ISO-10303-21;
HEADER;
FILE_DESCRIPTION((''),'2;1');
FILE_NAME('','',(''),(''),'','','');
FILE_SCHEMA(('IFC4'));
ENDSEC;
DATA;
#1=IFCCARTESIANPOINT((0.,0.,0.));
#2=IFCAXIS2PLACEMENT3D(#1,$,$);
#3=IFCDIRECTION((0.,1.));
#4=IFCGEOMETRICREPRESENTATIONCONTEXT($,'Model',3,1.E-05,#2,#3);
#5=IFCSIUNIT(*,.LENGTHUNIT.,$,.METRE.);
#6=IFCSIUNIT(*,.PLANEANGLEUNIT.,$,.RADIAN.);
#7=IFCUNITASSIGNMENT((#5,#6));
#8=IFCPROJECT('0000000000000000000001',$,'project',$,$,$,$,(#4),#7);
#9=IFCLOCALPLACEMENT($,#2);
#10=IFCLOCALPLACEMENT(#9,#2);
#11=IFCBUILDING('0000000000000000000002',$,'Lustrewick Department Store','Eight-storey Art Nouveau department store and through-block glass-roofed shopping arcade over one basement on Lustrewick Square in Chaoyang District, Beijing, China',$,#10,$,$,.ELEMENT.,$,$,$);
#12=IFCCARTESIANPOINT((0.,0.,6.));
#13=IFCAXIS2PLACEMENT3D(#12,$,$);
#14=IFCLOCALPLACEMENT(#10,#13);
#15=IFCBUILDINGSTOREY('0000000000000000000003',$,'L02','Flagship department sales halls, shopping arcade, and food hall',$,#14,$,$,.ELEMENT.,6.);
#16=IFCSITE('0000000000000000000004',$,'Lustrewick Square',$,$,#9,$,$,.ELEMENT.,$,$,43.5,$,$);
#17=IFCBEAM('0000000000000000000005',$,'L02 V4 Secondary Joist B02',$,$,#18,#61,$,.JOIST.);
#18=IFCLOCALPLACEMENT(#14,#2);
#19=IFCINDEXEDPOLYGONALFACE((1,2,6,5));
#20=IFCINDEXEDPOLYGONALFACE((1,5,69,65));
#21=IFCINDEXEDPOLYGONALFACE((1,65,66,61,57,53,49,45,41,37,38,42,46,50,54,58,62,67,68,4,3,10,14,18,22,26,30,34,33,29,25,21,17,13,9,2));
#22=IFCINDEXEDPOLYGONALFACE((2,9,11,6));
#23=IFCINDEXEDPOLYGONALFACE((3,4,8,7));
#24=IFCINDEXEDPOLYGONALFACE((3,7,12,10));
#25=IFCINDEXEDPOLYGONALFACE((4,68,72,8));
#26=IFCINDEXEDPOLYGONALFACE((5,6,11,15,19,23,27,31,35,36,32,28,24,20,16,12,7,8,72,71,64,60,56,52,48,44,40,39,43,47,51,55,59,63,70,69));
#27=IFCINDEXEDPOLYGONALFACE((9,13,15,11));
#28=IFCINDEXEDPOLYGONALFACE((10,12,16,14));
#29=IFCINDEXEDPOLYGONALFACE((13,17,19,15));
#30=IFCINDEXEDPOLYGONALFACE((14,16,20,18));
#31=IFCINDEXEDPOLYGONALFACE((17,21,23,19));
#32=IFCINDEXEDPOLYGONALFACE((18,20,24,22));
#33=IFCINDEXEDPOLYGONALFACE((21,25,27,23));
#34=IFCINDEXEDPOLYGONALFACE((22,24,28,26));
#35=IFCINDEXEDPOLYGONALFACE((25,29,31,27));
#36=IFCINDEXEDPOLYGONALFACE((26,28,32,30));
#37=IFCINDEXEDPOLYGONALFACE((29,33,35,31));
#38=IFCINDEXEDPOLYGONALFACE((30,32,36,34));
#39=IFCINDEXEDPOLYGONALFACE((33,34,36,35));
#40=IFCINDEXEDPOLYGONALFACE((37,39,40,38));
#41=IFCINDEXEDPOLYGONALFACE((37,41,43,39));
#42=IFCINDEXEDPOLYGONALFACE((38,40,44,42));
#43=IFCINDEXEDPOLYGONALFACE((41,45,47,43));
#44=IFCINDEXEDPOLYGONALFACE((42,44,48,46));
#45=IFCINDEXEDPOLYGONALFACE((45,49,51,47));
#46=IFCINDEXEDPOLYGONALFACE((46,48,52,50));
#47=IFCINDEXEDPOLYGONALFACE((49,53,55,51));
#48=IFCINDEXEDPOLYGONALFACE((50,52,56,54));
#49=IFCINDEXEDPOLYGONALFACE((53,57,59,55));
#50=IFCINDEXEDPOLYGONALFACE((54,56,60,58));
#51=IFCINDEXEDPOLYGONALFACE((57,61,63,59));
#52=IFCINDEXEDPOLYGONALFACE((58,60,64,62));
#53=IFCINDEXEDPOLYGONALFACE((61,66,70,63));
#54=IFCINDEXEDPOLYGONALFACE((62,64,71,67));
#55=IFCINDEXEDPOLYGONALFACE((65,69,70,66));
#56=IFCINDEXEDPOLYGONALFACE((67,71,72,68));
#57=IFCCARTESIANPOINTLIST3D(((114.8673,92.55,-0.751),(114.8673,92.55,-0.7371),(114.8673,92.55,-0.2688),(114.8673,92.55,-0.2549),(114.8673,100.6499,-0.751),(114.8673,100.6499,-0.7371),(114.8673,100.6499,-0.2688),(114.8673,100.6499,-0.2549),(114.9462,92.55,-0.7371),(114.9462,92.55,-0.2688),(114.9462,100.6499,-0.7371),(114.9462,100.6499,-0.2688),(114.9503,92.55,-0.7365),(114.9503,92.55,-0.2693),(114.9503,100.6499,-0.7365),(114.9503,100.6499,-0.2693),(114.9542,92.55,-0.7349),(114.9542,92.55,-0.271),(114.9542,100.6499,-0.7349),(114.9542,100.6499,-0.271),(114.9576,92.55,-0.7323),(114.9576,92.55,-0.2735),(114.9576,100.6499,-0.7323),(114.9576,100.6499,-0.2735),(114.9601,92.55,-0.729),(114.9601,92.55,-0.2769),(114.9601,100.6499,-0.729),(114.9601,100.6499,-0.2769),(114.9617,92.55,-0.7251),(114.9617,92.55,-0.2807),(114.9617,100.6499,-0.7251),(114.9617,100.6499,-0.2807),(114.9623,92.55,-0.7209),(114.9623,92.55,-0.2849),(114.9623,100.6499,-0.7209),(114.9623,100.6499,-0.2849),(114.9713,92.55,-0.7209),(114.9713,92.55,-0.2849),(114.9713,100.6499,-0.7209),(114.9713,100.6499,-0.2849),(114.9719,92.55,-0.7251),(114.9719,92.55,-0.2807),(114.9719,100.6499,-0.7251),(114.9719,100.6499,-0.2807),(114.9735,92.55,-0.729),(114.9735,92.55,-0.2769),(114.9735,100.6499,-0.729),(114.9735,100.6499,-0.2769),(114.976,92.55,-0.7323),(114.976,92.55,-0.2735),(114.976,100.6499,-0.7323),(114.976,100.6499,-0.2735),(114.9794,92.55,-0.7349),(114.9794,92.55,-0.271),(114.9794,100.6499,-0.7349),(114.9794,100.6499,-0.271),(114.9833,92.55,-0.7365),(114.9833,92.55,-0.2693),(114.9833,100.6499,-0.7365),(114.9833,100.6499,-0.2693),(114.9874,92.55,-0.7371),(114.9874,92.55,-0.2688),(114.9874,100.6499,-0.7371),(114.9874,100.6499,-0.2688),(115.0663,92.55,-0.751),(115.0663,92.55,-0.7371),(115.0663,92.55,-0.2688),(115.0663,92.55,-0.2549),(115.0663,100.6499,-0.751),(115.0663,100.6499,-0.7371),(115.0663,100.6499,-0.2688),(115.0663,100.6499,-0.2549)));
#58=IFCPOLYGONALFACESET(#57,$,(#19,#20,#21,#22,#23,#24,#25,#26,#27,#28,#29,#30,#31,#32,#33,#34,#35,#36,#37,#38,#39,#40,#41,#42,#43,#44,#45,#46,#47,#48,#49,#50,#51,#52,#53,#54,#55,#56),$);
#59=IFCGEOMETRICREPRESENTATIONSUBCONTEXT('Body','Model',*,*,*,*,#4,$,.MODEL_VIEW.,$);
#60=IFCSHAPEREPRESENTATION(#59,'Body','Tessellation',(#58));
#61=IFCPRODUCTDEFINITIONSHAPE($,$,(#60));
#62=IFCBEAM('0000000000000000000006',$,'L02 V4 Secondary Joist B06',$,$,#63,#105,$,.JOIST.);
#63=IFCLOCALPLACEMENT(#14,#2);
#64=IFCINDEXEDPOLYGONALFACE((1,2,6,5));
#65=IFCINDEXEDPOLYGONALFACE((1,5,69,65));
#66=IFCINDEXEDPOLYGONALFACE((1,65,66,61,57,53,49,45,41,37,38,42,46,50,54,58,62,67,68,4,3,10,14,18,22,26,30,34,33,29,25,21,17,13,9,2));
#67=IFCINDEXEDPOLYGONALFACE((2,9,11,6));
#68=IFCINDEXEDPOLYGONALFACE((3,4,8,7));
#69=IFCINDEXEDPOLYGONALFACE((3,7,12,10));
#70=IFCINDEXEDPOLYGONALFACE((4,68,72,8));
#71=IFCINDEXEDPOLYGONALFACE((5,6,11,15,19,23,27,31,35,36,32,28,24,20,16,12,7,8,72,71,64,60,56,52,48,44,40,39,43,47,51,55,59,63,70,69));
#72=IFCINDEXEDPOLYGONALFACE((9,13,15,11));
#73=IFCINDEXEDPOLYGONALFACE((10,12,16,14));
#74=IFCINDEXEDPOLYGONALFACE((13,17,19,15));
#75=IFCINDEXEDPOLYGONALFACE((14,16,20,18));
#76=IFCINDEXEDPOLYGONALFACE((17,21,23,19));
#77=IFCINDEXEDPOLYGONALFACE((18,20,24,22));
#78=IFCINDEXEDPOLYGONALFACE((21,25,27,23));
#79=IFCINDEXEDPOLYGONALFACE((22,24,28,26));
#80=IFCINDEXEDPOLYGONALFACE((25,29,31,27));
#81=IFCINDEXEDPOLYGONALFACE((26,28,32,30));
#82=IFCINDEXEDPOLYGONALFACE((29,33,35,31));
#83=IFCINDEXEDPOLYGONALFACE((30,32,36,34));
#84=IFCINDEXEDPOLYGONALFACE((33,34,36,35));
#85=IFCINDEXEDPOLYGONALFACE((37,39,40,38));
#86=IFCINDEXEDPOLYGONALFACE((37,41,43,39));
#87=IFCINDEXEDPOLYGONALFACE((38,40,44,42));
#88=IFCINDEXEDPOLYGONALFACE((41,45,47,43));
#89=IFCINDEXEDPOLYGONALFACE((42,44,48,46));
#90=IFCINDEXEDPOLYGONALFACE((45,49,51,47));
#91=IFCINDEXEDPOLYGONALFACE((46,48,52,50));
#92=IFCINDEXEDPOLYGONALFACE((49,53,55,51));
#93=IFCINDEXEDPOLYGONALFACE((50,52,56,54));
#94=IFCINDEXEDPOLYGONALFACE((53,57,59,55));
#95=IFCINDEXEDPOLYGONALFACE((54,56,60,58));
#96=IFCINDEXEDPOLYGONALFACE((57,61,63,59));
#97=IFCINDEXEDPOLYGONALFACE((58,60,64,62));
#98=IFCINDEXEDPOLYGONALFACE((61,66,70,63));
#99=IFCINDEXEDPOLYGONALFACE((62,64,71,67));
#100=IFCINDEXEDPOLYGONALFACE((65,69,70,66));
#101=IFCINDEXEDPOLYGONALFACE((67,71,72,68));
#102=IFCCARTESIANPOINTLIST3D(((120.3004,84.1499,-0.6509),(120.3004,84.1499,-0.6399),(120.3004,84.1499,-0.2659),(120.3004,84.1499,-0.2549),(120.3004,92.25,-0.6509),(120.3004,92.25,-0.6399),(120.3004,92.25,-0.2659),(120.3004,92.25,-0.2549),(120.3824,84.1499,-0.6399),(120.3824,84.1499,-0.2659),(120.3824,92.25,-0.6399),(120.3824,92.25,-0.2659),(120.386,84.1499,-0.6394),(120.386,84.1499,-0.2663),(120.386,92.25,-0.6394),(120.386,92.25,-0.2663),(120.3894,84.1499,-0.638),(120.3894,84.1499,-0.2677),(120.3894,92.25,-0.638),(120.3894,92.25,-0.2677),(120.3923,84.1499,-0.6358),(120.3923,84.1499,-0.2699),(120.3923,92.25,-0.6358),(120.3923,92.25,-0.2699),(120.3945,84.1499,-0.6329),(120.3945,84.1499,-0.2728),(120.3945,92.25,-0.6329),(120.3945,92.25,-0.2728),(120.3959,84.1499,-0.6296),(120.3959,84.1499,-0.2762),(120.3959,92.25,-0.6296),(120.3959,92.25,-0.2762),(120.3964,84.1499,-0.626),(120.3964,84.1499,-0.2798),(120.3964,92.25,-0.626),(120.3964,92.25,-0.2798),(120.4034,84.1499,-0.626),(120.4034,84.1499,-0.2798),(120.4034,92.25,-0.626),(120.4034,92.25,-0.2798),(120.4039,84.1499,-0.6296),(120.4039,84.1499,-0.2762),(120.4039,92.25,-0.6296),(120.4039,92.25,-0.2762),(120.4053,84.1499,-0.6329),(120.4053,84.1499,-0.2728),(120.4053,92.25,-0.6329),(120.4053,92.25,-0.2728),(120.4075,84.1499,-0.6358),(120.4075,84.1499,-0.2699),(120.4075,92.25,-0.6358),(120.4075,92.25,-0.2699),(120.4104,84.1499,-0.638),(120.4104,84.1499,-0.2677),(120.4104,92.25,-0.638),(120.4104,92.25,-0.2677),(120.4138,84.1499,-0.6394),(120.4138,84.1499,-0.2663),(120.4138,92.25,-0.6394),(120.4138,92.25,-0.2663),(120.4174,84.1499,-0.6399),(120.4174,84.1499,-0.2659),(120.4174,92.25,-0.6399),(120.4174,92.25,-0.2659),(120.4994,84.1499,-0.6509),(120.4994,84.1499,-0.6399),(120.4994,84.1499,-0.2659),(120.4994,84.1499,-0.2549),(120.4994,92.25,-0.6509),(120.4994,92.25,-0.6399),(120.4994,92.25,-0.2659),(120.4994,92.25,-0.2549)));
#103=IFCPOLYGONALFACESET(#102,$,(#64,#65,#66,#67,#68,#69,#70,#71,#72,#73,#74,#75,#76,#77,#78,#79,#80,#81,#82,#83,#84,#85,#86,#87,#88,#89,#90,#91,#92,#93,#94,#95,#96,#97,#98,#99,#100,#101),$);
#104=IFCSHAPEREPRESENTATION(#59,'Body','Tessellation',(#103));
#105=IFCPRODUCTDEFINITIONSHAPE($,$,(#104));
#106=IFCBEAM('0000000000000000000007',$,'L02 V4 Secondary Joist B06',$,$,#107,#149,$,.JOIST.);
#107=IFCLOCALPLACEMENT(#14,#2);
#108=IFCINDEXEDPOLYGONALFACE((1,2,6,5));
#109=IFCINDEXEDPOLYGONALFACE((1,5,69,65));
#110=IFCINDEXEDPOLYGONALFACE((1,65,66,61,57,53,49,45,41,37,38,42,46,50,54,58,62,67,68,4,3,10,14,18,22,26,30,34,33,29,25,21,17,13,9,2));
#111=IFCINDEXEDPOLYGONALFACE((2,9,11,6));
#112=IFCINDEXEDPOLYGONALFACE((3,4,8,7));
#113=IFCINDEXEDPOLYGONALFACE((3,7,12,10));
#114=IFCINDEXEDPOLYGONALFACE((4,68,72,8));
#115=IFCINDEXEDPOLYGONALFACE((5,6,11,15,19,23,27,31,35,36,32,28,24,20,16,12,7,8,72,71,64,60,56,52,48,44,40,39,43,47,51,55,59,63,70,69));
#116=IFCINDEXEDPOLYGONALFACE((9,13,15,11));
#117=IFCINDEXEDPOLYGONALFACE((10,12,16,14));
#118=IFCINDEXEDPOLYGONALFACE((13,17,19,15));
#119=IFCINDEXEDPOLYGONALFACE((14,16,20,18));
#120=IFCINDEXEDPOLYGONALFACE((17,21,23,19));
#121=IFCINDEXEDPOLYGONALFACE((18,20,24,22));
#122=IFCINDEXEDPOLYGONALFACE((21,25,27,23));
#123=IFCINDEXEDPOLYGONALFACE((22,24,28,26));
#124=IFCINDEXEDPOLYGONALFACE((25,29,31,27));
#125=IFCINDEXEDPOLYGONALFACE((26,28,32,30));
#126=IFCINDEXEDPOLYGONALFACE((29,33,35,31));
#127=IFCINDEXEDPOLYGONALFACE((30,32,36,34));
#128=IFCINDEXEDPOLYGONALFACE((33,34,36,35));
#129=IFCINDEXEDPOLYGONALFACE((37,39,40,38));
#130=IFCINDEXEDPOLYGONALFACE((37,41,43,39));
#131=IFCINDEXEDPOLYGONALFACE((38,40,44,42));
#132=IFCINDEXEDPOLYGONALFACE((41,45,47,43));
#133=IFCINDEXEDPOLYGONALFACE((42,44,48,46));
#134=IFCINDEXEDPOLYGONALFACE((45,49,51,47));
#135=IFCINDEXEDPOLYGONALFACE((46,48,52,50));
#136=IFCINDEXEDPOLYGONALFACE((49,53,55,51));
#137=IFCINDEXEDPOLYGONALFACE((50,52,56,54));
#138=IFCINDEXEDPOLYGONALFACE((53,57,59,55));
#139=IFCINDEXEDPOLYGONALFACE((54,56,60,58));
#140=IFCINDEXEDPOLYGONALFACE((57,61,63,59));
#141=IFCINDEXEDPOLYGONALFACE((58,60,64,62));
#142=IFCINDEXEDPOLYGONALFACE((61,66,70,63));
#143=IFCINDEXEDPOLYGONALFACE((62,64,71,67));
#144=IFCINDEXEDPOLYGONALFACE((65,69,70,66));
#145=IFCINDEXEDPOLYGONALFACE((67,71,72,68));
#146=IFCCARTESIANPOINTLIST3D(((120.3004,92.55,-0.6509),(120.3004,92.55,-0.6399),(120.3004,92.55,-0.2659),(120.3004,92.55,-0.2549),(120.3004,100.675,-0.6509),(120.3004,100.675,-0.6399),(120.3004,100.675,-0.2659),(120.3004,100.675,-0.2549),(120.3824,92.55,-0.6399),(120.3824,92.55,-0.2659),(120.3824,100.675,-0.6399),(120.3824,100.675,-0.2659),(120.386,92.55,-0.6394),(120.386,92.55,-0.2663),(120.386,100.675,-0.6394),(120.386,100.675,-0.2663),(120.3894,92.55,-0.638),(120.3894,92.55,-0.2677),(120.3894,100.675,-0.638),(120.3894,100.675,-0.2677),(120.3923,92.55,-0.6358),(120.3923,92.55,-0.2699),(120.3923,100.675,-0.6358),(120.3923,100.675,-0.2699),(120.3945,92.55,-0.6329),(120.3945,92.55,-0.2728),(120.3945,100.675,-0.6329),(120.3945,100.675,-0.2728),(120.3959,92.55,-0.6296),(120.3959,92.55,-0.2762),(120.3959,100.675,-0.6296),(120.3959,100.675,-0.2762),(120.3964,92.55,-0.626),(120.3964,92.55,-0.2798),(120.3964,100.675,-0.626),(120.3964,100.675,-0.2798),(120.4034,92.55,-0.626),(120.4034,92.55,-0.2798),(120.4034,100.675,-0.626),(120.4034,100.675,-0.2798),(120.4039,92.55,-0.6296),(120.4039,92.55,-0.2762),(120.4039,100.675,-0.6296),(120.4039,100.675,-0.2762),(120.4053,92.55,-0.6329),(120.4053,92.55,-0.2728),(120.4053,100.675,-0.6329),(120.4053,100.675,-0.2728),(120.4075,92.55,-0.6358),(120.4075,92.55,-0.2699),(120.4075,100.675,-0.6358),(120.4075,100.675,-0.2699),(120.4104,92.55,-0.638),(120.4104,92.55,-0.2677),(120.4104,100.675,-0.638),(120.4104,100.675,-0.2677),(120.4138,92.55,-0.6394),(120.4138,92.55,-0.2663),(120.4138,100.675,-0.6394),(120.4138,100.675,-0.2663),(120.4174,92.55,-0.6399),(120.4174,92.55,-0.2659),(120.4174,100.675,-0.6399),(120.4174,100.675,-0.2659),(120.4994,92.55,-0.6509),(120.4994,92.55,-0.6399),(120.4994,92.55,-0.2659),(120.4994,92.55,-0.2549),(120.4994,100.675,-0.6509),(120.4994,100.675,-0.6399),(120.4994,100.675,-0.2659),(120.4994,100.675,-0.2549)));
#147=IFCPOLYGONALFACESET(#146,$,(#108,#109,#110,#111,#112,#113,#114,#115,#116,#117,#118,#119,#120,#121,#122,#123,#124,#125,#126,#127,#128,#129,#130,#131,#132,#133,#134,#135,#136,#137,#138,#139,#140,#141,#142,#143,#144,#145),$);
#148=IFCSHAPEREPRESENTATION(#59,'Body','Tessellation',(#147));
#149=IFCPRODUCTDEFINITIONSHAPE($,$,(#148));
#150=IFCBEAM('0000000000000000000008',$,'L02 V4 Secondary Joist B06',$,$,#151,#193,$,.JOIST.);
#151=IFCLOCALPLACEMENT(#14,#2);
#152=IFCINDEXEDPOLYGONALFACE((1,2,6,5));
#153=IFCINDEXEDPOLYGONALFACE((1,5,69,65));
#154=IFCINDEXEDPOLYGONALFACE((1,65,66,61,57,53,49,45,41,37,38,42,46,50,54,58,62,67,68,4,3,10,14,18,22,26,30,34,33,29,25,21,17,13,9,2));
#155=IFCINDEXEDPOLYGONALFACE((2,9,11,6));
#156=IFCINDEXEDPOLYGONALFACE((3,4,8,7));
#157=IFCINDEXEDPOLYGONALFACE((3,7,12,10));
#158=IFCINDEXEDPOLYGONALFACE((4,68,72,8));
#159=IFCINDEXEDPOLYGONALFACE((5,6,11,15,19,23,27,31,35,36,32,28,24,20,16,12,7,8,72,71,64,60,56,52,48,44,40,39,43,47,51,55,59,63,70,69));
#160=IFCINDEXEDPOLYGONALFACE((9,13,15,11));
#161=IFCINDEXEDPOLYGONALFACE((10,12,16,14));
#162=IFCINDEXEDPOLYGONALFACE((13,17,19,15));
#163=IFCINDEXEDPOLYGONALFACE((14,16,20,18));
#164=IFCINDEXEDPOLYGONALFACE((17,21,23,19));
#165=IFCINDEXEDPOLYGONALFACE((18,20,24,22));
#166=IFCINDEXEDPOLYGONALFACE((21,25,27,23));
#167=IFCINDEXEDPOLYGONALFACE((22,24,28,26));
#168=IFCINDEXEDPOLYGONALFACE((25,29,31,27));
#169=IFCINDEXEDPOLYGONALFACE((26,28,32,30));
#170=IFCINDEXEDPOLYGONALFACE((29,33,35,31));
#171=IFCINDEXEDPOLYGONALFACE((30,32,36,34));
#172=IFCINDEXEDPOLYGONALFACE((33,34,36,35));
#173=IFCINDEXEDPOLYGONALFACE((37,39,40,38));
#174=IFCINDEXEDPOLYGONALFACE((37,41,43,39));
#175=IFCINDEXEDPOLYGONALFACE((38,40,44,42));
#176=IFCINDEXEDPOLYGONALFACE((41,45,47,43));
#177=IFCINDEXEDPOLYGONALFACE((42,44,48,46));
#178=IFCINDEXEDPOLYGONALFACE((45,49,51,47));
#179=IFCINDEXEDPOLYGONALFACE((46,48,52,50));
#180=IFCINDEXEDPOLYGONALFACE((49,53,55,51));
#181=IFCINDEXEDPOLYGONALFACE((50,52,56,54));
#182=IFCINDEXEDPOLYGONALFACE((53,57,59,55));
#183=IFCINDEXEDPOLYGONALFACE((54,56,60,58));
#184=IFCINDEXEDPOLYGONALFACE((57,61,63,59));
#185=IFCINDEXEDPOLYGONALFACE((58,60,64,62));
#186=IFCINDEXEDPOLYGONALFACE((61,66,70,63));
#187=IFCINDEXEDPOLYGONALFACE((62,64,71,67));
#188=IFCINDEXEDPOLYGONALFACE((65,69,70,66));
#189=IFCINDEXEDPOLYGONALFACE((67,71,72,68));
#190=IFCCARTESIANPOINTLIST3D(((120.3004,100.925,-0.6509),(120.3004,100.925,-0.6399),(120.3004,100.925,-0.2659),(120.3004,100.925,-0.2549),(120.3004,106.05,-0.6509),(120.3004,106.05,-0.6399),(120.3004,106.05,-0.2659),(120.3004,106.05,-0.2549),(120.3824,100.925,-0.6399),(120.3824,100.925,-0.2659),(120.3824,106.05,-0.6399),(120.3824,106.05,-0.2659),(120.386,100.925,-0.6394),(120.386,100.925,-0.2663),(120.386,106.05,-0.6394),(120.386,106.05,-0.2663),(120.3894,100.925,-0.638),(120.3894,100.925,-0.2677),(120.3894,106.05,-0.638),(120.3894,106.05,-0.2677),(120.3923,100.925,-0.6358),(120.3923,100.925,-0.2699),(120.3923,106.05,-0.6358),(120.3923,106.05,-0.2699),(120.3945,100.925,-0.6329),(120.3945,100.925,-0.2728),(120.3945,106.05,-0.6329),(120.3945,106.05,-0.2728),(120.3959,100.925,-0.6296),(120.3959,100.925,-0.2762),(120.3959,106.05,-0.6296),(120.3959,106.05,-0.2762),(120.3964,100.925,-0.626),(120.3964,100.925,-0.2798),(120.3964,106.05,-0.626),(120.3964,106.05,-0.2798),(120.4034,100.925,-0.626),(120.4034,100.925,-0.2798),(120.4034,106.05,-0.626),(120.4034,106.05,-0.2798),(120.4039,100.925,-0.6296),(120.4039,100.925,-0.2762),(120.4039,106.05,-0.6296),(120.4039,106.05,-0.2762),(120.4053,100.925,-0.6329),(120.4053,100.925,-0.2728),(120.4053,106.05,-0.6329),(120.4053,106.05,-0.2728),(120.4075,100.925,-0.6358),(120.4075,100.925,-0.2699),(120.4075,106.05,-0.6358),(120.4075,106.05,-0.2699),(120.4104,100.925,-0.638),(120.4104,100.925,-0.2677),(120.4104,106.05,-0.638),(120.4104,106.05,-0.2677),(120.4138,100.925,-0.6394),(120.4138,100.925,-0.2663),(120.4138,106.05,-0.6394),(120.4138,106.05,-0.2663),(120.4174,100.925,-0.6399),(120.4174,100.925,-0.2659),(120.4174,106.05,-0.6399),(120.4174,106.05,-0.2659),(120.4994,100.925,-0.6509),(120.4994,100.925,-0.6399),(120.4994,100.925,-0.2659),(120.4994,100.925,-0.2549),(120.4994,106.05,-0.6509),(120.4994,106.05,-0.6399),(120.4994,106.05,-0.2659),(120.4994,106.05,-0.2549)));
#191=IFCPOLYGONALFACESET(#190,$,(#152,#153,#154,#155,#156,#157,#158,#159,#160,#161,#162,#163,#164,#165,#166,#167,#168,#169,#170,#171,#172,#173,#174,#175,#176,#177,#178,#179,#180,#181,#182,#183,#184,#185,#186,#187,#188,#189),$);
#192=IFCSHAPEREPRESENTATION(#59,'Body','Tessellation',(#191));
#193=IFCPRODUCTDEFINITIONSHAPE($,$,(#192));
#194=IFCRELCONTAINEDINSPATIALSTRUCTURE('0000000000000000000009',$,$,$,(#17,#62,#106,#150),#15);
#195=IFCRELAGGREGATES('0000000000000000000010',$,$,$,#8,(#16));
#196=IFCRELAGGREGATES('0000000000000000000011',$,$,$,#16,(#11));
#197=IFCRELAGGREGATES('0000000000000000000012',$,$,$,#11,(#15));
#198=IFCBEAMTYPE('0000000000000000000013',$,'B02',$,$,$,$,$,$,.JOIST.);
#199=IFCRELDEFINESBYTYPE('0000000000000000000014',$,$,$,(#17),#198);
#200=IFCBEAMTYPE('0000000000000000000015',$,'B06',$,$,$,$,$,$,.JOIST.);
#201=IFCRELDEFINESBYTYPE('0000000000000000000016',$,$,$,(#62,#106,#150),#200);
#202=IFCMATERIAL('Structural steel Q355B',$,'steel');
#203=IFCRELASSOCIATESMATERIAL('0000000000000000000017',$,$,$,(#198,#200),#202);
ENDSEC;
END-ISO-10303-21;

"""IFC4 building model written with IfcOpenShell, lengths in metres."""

from ifc_helpers import new_model, si_unit, direction, frame, origin, origin_2d, place, context, subcontext, project, spatial, i_section, extrude, material, material_profile, profile_set, type_object, element, save


model = new_model("IFC4")

# Units and contexts
model_context = context("Model", 3, precision=1e-05, world=origin(), true_north=direction((0.0, 1.0)))
body_context = subcontext(model_context, "Body", "Model", "MODEL_VIEW")
ifc_project = project(units=[si_unit("LENGTHUNIT", "METRE"), si_unit("PLANEANGLEUNIT", "RADIAN")], contexts=[model_context])

# Site, building, storey
site_placement = place(None, origin())
site = spatial("IfcSite", under=ifc_project, at=site_placement, Name="Lustrewick Square", CompositionType="ELEMENT", RefElevation=43.5)
building_placement = place(site_placement, origin())
building = spatial("IfcBuilding", under=site, at=building_placement, Name="Lustrewick Department Store", Description="Eight-storey Art Nouveau department store and through-block glass-roofed shopping arcade over one basement on Lustrewick Square in Chaoyang District, Beijing, China", CompositionType="ELEMENT")
storey_placement = place(building_placement, frame((0.0, 0.0, 6.0)))
storey = spatial("IfcBuildingStorey", under=building, at=storey_placement, Name="L02", Description="Flagship department sales halls, shopping arcade, and food hall", CompositionType="ELEMENT", Elevation=6.0)

# Shared definitions
ifc_material_1 = material(Name="Structural steel Q355B", Category="steel")

# Beams
ifc_material_profile_1 = material_profile(ifc_material_1, i_section(OverallWidth=0.199, OverallDepth=0.4961, WebThickness=0.009, FlangeThickness=0.0139, FilletRadius=0.0161, at=origin_2d()), Name="HN 496x199x9x14")
ifc_profile_set_1 = profile_set([ifc_material_profile_1], Name="Structural steel Q355B")
beam_type_1 = type_object("IfcBeamType", Name="B02", PredefinedType="JOIST", material=ifc_profile_set_1)
beam_1_placement = place(storey_placement, frame((114.9668, 92.55, -0.5029), z_axis=(0.0, 1.0, 0.0), x_axis=(-1.0, 0.0, 0.0)))
element("IfcBeam", 1, at=beam_1_placement, inside=storey, type_object=beam_type_1, Name="L02 V4 Secondary Joist B02", PredefinedType="JOIST", context=body_context, shape_type="SweptSolid", body=[
    extrude(i_section(OverallWidth=0.199, OverallDepth=0.4961, WebThickness=0.009, FlangeThickness=0.0139, FilletRadius=0.0161, at=origin_2d()), origin(), (0.0, 0.0, 1.0), 8.0999),
])
ifc_material_profile_2 = material_profile(ifc_material_1, i_section(OverallWidth=0.199, OverallDepth=0.396, WebThickness=0.0071, FlangeThickness=0.011, FilletRadius=0.0139, at=origin_2d()), Name="HN 396x199x7x11")
ifc_profile_set_2 = profile_set([ifc_material_profile_2], Name="Structural steel Q355B")
beam_type_2 = type_object("IfcBeamType", Name="B06", PredefinedType="JOIST", material=ifc_profile_set_2)
beam_2_placement = place(storey_placement, frame((120.3999, 84.1499, -0.4529), z_axis=(0.0, 1.0, 0.0), x_axis=(-1.0, 0.0, 0.0)))
element("IfcBeam", 2, at=beam_2_placement, inside=storey, type_object=beam_type_2, Name="L02 V4 Secondary Joist B06", PredefinedType="JOIST", context=body_context, shape_type="SweptSolid", body=[
    extrude(i_section(OverallWidth=0.199, OverallDepth=0.396, WebThickness=0.0071, FlangeThickness=0.011, FilletRadius=0.0139, at=origin_2d()), origin(), (0.0, 0.0, 1.0), 8.1001),
])
beam_3_placement = place(storey_placement, frame((120.3999, 92.55, -0.4529), z_axis=(0.0, 1.0, 0.0), x_axis=(-1.0, 0.0, 0.0)))
element("IfcBeam", 3, at=beam_3_placement, inside=storey, type_object=beam_type_2, Name="L02 V4 Secondary Joist B06", PredefinedType="JOIST", context=body_context, shape_type="SweptSolid", body=[
    extrude(i_section(OverallWidth=0.199, OverallDepth=0.396, WebThickness=0.0071, FlangeThickness=0.011, FilletRadius=0.0139, at=origin_2d()), origin(), (0.0, 0.0, 1.0), 8.125),
])
beam_4_placement = place(storey_placement, frame((120.3999, 100.925, -0.4529), z_axis=(0.0, 1.0, 0.0), x_axis=(-1.0, 0.0, 0.0)))
element("IfcBeam", 4, at=beam_4_placement, inside=storey, type_object=beam_type_2, Name="L02 V4 Secondary Joist B06", PredefinedType="JOIST", context=body_context, shape_type="SweptSolid", body=[
    extrude(i_section(OverallWidth=0.199, OverallDepth=0.396, WebThickness=0.0071, FlangeThickness=0.011, FilletRadius=0.0139, at=origin_2d()), origin(), (0.0, 0.0, 1.0), 5.125),
])

save(model, "model.ifc")
